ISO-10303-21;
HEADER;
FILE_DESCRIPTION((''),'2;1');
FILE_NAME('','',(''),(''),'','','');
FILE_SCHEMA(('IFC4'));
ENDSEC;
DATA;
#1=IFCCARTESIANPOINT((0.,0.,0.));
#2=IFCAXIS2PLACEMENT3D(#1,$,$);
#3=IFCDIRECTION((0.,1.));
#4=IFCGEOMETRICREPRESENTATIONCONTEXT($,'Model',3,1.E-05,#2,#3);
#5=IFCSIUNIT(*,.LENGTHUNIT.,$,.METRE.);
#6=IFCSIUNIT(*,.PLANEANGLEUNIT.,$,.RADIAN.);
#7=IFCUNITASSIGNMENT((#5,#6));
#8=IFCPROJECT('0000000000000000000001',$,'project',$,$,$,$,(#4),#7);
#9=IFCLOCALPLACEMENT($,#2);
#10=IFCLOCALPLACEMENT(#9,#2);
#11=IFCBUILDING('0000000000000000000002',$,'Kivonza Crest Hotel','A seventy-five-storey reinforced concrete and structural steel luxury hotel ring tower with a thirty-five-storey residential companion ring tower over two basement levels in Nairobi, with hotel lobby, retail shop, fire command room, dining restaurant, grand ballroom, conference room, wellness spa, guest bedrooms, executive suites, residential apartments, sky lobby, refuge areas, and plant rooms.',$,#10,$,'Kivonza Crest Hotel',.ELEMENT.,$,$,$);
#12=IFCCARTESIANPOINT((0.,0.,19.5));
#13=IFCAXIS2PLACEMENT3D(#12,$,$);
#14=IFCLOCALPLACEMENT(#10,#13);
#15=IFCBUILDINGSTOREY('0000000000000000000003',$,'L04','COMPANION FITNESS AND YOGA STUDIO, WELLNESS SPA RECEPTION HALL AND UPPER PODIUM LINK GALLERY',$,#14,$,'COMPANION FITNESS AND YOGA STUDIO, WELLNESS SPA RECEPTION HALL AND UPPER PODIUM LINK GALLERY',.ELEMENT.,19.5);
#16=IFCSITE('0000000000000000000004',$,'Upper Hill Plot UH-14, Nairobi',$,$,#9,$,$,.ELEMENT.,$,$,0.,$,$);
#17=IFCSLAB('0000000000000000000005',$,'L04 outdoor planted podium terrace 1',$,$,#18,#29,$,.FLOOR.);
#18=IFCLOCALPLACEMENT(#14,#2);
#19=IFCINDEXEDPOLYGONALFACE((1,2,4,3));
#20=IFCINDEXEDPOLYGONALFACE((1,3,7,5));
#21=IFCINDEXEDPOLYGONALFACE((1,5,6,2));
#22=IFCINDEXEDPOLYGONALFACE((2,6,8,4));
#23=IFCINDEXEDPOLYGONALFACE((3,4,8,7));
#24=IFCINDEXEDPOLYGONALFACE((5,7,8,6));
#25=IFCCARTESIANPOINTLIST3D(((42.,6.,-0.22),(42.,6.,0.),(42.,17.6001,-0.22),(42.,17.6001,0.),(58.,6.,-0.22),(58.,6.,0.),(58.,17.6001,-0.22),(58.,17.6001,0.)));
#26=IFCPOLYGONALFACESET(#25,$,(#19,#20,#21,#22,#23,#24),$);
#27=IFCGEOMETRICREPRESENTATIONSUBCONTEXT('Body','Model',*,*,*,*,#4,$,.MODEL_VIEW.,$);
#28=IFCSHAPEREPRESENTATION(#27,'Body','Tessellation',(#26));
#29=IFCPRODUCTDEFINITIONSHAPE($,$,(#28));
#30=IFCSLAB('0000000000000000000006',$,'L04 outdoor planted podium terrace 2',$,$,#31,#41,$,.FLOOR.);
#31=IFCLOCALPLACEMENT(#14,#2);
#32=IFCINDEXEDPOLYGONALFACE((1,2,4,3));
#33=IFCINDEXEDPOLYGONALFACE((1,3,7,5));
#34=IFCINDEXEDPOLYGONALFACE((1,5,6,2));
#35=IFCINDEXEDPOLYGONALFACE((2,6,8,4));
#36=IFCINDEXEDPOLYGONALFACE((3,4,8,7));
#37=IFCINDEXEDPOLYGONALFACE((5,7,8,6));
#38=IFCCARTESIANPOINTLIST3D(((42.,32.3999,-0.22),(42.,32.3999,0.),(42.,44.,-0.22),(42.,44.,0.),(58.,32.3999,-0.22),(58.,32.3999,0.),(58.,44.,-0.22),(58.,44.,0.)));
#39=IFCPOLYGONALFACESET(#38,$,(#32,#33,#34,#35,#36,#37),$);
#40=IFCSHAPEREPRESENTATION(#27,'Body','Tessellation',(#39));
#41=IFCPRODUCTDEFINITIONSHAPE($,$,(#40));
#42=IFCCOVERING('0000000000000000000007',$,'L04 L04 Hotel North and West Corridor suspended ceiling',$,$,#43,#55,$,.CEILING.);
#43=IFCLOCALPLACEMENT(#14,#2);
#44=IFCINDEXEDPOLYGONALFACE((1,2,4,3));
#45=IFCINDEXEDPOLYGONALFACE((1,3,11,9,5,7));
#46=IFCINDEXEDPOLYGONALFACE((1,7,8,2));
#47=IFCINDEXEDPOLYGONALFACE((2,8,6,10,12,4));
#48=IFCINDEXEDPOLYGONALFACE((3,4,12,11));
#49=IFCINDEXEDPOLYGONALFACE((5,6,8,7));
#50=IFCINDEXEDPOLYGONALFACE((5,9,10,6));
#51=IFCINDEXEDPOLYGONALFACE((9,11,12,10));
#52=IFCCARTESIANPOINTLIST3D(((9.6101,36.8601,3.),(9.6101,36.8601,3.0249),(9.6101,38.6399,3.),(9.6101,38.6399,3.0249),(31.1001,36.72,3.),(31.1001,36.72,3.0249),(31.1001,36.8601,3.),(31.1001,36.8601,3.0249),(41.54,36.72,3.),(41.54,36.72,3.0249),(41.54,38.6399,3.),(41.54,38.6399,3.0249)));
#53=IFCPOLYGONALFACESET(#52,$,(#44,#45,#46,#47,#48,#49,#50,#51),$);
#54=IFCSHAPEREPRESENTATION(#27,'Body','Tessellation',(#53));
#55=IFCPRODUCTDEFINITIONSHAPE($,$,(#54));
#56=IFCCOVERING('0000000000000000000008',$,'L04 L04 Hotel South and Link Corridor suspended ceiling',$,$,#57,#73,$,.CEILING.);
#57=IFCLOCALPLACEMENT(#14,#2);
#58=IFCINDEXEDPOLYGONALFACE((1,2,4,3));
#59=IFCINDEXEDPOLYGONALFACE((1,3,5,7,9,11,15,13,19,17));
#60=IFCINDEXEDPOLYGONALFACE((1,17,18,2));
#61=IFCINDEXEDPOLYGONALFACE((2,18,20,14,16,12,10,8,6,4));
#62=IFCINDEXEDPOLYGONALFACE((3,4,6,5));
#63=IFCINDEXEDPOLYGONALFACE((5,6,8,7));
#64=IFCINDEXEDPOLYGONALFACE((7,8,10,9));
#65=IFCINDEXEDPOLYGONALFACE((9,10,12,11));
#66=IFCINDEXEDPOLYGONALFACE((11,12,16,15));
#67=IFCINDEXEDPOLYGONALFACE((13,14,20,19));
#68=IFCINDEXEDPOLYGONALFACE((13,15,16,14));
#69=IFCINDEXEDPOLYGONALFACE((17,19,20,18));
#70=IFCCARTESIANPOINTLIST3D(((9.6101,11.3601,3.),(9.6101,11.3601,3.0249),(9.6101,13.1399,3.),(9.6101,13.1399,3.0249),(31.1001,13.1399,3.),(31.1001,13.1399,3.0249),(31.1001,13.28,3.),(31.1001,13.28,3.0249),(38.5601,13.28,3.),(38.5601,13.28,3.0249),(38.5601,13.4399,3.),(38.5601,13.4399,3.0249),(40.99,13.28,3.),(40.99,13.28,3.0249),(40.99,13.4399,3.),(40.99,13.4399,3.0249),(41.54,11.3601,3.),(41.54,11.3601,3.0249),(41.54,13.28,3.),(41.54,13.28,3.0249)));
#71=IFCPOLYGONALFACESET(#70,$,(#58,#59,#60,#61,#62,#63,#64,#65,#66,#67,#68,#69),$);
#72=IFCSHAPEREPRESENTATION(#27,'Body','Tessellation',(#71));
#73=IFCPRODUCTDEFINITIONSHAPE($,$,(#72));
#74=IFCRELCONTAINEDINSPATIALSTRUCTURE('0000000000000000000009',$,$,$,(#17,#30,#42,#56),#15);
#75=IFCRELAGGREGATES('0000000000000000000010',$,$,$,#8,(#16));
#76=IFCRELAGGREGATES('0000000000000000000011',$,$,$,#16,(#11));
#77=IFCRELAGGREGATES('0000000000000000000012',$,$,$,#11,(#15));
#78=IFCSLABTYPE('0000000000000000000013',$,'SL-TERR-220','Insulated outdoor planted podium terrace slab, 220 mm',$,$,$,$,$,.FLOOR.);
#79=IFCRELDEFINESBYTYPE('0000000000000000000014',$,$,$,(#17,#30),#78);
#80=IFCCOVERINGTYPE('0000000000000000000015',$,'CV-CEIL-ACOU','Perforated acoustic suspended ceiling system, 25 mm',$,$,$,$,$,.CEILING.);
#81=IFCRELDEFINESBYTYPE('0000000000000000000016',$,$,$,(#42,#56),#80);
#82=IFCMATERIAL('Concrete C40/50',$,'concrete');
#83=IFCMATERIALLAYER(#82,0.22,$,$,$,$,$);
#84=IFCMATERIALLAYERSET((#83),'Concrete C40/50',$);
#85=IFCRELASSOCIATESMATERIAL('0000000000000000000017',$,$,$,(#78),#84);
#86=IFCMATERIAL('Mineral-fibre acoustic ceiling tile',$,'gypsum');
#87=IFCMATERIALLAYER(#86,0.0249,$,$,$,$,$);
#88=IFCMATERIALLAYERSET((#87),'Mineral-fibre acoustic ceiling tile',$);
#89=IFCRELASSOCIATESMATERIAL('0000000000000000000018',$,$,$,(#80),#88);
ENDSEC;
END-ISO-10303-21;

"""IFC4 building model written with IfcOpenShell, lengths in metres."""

from ifc_helpers import new_model, si_unit, direction, frame, origin, place, context, subcontext, project, spatial, polyline, outline, extrude, material, layer, layer_set, type_object, element, save


model = new_model("IFC4")

# Units and contexts
model_context = context("Model", 3, precision=1e-05, world=origin(), true_north=direction((0.0, 1.0)))
body_context = subcontext(model_context, "Body", "Model", "MODEL_VIEW")
ifc_project = project(units=[si_unit("LENGTHUNIT", "METRE"), si_unit("PLANEANGLEUNIT", "RADIAN")], contexts=[model_context])

# Site, building, storey
site_placement = place(None, origin())
site = spatial("IfcSite", under=ifc_project, at=site_placement, Name="Upper Hill Plot UH-14, Nairobi", CompositionType="ELEMENT", RefElevation=0.0)
building_placement = place(site_placement, origin())
building = spatial("IfcBuilding", under=site, at=building_placement, Name="Kivonza Crest Hotel", Description="A seventy-five-storey reinforced concrete and structural steel luxury hotel ring tower with a thirty-five-storey residential companion ring tower over two basement levels in Nairobi, with hotel lobby, retail shop, fire command room, dining restaurant, grand ballroom, conference room, wellness spa, guest bedrooms, executive suites, residential apartments, sky lobby, refuge areas, and plant rooms.", LongName="Kivonza Crest Hotel", CompositionType="ELEMENT")
storey_placement = place(building_placement, frame((0.0, 0.0, 19.5)))
storey = spatial("IfcBuildingStorey", under=building, at=storey_placement, Name="L04", Description="COMPANION FITNESS AND YOGA STUDIO, WELLNESS SPA RECEPTION HALL AND UPPER PODIUM LINK GALLERY", LongName="COMPANION FITNESS AND YOGA STUDIO, WELLNESS SPA RECEPTION HALL AND UPPER PODIUM LINK GALLERY", CompositionType="ELEMENT", Elevation=19.5)

# Shared definitions
ifc_material_1 = material(Name="Concrete C40/50", Category="concrete")

# Slabs
ifc_layer_1 = layer(ifc_material_1, 0.22)
ifc_layer_set_1 = layer_set([ifc_layer_1], Name="Concrete C40/50")
slab_type_1 = type_object("IfcSlabType", Name="SL-TERR-220", Description="Insulated outdoor planted podium terrace slab, 220 mm", PredefinedType="FLOOR", material=ifc_layer_set_1)
slab_1_placement = place(storey_placement, frame((0.0, 0.0, -0.22)))
element("IfcSlab", 1, at=slab_1_placement, inside=storey, type_object=slab_type_1, Name="L04 outdoor planted podium terrace 1", PredefinedType="FLOOR", context=body_context, shape_type="SweptSolid", body=[
    extrude(outline(polyline([(42.0, 6.0), (58.0, 6.0), (58.0, 17.6001), (42.0, 17.6001), (42.0, 6.0)])), origin(), (0.0, 0.0, 1.0), 0.22),
])
slab_2_placement = place(storey_placement, frame((0.0, 0.0, -0.22)))
element("IfcSlab", 2, at=slab_2_placement, inside=storey, type_object=slab_type_1, Name="L04 outdoor planted podium terrace 2", PredefinedType="FLOOR", context=body_context, shape_type="SweptSolid", body=[
    extrude(outline(polyline([(42.0, 32.3999), (58.0, 32.3999), (58.0, 44.0), (42.0, 44.0), (42.0, 32.3999)])), origin(), (0.0, 0.0, 1.0), 0.22),
])

# Coverings
ifc_material_2 = material(Name="Mineral-fibre acoustic ceiling tile", Category="gypsum")
ifc_layer_2 = layer(ifc_material_2, 0.0249)
ifc_layer_set_2 = layer_set([ifc_layer_2], Name="Mineral-fibre acoustic ceiling tile")
covering_type = type_object("IfcCoveringType", Name="CV-CEIL-ACOU", Description="Perforated acoustic suspended ceiling system, 25 mm", PredefinedType="CEILING", material=ifc_layer_set_2)
covering_1_placement = place(storey_placement, frame((0.0, 0.0, 3.0)))
element("IfcCovering", 3, at=covering_1_placement, inside=storey, type_object=covering_type, Name="L04 L04 Hotel North and West Corridor suspended ceiling", PredefinedType="CEILING", context=body_context, shape_type="SweptSolid", body=[
    extrude(outline(polyline([(41.54, 38.6399), (9.6101, 38.6399), (9.6101, 36.8601), (31.1001, 36.8601), (31.1001, 36.72), (41.54, 36.72), (41.54, 38.6399)])), origin(), (0.0, 0.0, 1.0), 0.0249),
])
covering_2_placement = place(storey_placement, frame((0.0, 0.0, 3.0)))
element("IfcCovering", 4, at=covering_2_placement, inside=storey, type_object=covering_type, Name="L04 L04 Hotel South and Link Corridor suspended ceiling", PredefinedType="CEILING", context=body_context, shape_type="SweptSolid", body=[
    extrude(outline(polyline([(40.99, 13.28), (40.99, 13.4399), (38.5601, 13.4399), (38.5601, 13.28), (31.1001, 13.28), (31.1001, 13.1399), (9.6101, 13.1399), (9.6101, 11.3601), (41.54, 11.3601), (41.54, 13.28), (40.99, 13.28)])), origin(), (0.0, 0.0, 1.0), 0.0249),
])

save(model, "model.ifc")
